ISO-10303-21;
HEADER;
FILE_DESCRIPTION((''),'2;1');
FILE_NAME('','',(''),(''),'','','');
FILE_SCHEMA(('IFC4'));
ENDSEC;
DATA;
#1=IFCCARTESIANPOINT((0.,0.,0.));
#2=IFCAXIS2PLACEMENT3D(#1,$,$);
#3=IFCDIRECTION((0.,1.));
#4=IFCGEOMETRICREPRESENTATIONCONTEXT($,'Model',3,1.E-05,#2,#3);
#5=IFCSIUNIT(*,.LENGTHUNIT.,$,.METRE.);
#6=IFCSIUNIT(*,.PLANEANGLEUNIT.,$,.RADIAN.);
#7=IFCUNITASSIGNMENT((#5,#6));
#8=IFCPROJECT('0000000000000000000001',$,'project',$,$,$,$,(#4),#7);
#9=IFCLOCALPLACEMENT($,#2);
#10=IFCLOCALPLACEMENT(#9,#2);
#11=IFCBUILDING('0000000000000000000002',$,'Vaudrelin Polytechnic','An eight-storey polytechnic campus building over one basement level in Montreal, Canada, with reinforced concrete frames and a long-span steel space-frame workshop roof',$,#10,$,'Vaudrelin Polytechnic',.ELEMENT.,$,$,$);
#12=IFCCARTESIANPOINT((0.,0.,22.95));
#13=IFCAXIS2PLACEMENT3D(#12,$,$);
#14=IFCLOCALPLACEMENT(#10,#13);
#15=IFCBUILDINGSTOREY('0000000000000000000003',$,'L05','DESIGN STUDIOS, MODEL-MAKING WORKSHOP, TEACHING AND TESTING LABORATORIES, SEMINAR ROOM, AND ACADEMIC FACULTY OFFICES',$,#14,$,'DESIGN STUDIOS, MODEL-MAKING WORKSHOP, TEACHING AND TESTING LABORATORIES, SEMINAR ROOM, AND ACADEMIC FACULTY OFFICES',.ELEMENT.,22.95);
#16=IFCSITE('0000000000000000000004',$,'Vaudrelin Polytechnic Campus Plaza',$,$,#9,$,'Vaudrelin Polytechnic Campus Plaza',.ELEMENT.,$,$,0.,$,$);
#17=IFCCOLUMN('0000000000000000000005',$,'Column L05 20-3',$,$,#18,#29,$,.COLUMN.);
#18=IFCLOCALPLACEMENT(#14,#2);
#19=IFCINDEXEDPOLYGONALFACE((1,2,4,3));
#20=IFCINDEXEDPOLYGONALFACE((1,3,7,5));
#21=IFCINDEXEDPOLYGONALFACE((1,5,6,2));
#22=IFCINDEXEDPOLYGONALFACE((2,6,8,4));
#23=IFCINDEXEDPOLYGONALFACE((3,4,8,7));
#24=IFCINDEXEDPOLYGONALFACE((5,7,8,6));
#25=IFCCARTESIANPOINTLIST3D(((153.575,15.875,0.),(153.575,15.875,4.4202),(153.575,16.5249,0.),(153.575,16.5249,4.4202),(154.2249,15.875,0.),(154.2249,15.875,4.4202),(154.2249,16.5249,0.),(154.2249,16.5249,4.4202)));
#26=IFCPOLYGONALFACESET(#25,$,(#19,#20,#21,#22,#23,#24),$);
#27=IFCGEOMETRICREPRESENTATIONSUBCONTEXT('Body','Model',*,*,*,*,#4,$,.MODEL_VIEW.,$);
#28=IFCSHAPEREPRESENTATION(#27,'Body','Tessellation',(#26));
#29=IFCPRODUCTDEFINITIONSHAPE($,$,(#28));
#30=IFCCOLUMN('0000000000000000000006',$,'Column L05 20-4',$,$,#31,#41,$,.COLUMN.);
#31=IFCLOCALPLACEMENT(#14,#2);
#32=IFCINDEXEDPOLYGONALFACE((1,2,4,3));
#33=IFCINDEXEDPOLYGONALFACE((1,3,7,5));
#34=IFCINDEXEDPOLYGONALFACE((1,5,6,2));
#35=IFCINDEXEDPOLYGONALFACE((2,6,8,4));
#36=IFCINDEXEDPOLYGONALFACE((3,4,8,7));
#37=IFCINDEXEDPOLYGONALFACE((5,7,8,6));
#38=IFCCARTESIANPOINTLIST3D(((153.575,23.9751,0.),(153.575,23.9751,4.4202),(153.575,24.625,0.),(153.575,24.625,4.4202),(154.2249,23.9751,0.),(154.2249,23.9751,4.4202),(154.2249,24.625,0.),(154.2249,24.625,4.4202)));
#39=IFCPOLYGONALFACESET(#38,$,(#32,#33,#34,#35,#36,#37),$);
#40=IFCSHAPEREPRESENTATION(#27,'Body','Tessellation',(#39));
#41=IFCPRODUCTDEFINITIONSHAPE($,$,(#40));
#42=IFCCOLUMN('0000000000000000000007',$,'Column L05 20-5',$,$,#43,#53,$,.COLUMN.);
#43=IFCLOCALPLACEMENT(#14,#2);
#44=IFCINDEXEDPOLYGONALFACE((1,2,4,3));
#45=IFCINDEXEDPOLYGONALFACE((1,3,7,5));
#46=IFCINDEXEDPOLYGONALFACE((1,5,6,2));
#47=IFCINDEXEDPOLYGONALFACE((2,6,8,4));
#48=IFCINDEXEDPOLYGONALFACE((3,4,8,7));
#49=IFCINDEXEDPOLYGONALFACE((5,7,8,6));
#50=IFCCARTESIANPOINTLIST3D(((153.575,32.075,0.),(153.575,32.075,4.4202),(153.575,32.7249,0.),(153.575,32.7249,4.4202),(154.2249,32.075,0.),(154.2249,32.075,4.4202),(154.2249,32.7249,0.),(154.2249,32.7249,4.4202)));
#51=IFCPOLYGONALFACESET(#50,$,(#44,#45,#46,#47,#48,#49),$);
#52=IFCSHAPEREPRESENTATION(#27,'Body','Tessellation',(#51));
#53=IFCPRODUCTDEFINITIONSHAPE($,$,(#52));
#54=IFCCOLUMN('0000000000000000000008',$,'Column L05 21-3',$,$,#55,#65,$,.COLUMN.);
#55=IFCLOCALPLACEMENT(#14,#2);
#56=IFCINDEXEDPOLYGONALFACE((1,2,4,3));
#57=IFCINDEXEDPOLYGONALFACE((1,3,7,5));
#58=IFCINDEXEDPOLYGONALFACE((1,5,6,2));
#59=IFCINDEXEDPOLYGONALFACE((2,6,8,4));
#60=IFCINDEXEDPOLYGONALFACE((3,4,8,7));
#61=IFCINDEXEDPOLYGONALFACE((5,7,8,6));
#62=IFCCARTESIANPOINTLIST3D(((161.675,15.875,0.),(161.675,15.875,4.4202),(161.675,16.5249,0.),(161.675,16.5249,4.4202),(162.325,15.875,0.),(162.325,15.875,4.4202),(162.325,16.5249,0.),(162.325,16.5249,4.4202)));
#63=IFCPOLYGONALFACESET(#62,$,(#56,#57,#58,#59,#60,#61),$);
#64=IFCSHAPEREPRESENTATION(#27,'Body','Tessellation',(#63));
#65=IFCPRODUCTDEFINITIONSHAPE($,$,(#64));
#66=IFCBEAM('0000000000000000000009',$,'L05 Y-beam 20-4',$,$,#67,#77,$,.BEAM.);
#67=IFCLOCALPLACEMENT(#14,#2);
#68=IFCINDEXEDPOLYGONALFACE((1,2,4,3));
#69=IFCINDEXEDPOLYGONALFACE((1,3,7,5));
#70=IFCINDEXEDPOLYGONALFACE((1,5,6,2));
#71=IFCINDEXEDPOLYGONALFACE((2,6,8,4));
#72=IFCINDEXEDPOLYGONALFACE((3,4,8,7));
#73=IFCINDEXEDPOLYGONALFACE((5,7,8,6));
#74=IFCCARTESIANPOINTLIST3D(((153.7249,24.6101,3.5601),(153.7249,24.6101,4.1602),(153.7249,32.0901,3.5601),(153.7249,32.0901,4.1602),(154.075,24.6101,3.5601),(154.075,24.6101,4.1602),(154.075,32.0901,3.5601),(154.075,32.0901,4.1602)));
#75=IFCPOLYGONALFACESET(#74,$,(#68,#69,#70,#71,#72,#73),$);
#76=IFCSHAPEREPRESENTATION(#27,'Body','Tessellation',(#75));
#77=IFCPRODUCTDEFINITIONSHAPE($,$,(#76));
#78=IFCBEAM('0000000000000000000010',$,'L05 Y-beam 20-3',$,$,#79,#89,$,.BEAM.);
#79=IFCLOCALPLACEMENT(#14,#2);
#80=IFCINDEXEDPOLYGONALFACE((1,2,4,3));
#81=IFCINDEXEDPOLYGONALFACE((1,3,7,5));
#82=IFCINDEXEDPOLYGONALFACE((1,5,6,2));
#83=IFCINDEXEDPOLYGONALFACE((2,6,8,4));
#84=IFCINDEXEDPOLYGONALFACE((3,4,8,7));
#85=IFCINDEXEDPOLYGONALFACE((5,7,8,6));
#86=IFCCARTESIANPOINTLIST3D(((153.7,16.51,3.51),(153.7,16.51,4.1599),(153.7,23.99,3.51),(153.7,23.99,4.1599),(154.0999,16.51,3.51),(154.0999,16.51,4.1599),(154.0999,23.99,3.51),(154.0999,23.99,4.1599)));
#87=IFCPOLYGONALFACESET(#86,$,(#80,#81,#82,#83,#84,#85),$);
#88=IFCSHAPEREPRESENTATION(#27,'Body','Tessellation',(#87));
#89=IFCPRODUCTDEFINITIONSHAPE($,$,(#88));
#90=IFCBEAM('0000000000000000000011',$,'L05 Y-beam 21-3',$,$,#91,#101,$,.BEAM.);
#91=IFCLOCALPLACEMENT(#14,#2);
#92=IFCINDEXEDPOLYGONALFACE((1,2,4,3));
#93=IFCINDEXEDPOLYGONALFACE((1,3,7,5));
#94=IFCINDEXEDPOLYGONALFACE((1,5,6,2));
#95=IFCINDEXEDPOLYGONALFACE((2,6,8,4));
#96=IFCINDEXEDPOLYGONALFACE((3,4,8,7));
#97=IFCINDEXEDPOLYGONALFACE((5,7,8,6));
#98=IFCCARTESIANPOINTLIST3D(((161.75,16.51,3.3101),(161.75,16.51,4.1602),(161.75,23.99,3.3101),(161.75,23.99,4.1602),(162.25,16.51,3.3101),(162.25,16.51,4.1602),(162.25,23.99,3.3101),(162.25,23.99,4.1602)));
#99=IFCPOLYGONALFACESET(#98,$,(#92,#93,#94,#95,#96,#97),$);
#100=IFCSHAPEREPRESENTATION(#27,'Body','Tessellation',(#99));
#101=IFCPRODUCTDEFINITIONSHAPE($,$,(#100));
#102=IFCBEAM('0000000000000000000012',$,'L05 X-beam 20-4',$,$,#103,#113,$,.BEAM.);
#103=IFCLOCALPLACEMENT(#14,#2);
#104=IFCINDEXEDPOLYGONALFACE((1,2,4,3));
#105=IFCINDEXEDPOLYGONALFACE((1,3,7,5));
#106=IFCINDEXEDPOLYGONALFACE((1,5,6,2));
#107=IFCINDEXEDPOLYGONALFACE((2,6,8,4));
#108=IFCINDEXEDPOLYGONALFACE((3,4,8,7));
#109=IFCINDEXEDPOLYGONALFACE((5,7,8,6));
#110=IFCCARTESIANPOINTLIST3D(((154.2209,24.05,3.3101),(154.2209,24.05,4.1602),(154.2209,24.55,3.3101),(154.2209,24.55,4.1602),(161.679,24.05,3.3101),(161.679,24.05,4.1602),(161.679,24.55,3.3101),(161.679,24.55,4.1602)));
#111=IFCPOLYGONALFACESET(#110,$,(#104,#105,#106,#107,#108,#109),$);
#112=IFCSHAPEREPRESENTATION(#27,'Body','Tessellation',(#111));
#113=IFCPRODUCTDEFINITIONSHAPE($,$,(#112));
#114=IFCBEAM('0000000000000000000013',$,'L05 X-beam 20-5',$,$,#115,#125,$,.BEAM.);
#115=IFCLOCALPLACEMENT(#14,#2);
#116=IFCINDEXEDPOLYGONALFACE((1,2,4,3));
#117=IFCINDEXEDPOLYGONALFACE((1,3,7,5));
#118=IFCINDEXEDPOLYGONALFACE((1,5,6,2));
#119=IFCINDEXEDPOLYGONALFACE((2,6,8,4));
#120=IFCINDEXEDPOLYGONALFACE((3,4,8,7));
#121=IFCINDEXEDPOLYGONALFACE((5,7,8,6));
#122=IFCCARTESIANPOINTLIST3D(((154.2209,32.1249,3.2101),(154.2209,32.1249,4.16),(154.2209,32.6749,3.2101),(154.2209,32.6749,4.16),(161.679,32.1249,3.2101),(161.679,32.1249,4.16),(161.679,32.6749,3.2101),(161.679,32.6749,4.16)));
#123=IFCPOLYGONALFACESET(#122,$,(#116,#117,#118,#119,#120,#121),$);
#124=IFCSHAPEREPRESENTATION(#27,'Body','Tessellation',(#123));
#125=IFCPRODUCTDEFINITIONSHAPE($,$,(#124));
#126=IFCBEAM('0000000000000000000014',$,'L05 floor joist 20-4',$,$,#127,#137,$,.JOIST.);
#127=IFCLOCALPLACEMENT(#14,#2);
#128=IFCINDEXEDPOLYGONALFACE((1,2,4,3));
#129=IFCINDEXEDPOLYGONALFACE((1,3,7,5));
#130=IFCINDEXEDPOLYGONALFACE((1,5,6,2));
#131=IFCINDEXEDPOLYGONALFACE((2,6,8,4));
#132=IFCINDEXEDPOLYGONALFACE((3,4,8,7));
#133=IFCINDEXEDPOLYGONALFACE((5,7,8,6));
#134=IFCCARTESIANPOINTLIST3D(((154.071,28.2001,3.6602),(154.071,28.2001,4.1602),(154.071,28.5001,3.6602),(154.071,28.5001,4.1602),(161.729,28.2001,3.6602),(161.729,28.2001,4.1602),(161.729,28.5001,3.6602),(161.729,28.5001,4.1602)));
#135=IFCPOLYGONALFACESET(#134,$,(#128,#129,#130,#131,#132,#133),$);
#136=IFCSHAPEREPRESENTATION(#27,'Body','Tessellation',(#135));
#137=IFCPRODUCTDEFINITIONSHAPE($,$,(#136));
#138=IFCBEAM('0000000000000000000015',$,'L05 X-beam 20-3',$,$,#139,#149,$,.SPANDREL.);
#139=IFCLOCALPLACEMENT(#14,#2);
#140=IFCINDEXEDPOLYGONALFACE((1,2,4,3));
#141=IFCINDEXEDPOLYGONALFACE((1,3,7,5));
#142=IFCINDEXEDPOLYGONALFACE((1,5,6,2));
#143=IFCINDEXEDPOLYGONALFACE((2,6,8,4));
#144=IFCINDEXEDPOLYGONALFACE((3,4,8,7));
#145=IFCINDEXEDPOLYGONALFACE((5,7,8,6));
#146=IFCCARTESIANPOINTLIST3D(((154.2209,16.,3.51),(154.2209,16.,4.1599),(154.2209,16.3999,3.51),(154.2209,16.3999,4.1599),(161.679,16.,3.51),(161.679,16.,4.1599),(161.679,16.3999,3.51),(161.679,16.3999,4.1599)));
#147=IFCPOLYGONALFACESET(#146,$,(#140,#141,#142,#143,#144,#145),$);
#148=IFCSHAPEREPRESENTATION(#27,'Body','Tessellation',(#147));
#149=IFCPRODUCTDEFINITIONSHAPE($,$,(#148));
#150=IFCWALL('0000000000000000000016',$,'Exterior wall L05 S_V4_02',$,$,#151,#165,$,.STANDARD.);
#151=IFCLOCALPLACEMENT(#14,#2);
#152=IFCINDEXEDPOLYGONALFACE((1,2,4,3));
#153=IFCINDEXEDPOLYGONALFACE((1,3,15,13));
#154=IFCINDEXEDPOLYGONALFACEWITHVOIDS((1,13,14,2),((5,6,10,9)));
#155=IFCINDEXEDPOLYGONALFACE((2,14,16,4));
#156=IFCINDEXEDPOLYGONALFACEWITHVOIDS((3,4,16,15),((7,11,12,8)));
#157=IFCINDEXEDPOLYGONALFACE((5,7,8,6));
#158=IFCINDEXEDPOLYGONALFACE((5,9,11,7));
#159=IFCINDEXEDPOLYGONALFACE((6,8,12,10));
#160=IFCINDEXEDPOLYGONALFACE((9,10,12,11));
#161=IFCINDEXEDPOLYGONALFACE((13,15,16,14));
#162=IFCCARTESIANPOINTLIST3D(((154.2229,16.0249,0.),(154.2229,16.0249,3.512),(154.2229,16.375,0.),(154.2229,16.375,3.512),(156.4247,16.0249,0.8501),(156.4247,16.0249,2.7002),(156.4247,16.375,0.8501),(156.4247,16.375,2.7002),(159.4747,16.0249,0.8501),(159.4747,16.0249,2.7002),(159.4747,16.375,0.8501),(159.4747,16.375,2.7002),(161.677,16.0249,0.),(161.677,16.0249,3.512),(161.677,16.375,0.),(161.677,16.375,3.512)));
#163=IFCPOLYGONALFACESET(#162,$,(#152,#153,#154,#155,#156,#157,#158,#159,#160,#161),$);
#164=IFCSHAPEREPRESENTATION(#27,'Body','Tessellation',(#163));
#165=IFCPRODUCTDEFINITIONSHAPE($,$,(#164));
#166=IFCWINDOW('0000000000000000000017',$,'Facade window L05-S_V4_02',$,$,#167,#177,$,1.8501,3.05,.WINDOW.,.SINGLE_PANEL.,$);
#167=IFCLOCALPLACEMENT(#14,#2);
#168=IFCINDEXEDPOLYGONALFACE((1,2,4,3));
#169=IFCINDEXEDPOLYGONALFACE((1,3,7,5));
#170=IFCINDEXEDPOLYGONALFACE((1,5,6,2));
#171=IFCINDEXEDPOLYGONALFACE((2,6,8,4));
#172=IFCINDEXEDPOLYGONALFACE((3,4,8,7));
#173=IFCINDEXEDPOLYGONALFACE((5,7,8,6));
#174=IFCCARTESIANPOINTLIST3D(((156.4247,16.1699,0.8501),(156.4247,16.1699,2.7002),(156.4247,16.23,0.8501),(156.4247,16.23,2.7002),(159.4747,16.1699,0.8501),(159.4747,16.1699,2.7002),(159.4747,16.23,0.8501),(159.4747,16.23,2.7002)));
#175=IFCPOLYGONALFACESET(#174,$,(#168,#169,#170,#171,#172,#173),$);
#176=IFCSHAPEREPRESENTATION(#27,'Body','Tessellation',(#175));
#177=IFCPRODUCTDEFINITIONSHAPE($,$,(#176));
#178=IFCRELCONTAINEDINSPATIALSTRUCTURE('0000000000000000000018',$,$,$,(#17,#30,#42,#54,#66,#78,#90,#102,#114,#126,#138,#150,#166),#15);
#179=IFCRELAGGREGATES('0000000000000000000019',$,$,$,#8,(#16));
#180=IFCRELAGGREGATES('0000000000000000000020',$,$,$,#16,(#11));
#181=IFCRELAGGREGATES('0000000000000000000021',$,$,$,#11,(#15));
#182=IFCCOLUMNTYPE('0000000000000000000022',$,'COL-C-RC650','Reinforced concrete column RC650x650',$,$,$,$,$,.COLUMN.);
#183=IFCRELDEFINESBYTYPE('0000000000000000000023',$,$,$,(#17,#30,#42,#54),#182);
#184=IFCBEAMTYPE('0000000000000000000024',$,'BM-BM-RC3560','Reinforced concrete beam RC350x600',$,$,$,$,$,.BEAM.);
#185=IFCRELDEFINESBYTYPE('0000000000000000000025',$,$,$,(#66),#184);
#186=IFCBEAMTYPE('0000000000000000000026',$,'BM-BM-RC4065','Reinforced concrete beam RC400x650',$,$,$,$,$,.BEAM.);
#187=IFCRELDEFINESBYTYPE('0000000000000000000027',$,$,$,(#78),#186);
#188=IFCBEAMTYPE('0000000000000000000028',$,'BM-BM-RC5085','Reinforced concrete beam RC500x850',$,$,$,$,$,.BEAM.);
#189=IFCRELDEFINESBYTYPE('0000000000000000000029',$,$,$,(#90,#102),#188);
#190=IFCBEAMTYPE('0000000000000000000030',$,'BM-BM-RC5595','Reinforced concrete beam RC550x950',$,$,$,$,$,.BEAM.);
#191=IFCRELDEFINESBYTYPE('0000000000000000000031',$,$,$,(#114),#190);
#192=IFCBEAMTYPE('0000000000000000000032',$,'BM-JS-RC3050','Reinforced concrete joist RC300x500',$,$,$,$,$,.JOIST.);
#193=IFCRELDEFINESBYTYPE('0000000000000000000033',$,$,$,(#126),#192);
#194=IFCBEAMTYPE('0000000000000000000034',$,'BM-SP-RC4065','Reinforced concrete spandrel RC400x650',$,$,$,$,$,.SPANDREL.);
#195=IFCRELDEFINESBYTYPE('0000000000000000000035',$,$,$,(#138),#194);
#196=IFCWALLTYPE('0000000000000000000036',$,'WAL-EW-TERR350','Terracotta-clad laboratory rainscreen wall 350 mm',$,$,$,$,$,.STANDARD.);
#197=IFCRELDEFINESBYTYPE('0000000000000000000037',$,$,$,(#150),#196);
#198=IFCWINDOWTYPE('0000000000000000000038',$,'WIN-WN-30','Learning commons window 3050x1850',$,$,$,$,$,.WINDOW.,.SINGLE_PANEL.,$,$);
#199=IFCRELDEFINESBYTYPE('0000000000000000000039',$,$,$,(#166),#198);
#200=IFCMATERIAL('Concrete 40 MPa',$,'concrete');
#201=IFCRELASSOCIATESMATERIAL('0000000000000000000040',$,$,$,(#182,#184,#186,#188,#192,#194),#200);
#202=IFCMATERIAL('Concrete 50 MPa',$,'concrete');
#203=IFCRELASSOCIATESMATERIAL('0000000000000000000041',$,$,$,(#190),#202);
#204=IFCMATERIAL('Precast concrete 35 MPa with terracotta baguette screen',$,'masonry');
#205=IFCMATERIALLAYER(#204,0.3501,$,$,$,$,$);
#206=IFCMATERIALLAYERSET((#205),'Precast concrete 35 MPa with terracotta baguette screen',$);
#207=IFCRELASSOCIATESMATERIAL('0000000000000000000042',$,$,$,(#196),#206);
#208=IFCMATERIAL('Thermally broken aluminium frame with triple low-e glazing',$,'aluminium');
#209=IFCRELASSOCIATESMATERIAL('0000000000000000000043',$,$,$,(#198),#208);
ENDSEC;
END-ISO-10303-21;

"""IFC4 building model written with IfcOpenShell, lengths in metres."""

from ifc_helpers import new_model, si_unit, direction, frame, frame_2d, origin, origin_2d, place, context, subcontext, project, spatial, rectangle, extrude, material, layer, layer_set, material_profile, profile_set, type_object, element, fill, save


model = new_model("IFC4")

# Units and contexts
model_context = context("Model", 3, precision=1e-05, world=origin(), true_north=direction((0.0, 1.0)))
body_context = subcontext(model_context, "Body", "Model", "MODEL_VIEW")
ifc_project = project(units=[si_unit("LENGTHUNIT", "METRE"), si_unit("PLANEANGLEUNIT", "RADIAN")], contexts=[model_context])

# Site, building, storey
site_placement = place(None, origin())
site = spatial("IfcSite", under=ifc_project, at=site_placement, Name="Vaudrelin Polytechnic Campus Plaza", LongName="Vaudrelin Polytechnic Campus Plaza", CompositionType="ELEMENT", RefElevation=0.0)
building_placement = place(site_placement, origin())
building = spatial("IfcBuilding", under=site, at=building_placement, Name="Vaudrelin Polytechnic", Description="An eight-storey polytechnic campus building over one basement level in Montreal, Canada, with reinforced concrete frames and a long-span steel space-frame workshop roof", LongName="Vaudrelin Polytechnic", CompositionType="ELEMENT")
storey_placement = place(building_placement, frame((0.0, 0.0, 22.95)))
storey = spatial("IfcBuildingStorey", under=building, at=storey_placement, Name="L05", Description="DESIGN STUDIOS, MODEL-MAKING WORKSHOP, TEACHING AND TESTING LABORATORIES, SEMINAR ROOM, AND ACADEMIC FACULTY OFFICES", LongName="DESIGN STUDIOS, MODEL-MAKING WORKSHOP, TEACHING AND TESTING LABORATORIES, SEMINAR ROOM, AND ACADEMIC FACULTY OFFICES", CompositionType="ELEMENT", Elevation=22.95)

# Columns
ifc_material_1 = material(Name="Concrete 40 MPa", Category="concrete")
ifc_material_profile_1 = material_profile(ifc_material_1, rectangle(XDim=0.6499, YDim=0.6499, at=origin_2d()), Name="RC650x650")
ifc_profile_set_1 = profile_set([ifc_material_profile_1], Name="Concrete 40 MPa")
column_type = type_object("IfcColumnType", Name="COL-C-RC650", Description="Reinforced concrete column RC650x650", PredefinedType="COLUMN", material=ifc_profile_set_1)
for number, where, z_axis, x_axis, name in (
    (1, (153.8999, 16.2, 0.0), (0.0, 0.0, 1.0), (1.0, 0.0, 0.0), "Column L05 20-3"),
    (2, (153.8999, 24.3, 0.0), (0.0, 0.0, 1.0), (1.0, 0.0, 0.0), "Column L05 20-4"),
    (3, (153.8999, 32.3999, 0.0), (0.0, 0.0, 1.0), (1.0, 0.0, 0.0), "Column L05 20-5"),
    (4, (162.0, 16.2, 0.0), (0.0, 0.0, 1.0), (1.0, 0.0, 0.0), "Column L05 21-3"),
):
    element("IfcColumn", number, at=place(storey_placement, frame(where, z_axis=z_axis, x_axis=x_axis)), inside=storey, type_object=column_type, Name=name, PredefinedType="COLUMN", context=body_context, shape_type="SweptSolid", body=[
        extrude(rectangle(XDim=0.6499, YDim=0.6499, at=origin_2d()), origin(), (0.0, 0.0, 1.0), 4.4202),
    ])

# Beams
ifc_material_profile_2 = material_profile(ifc_material_1, rectangle(XDim=0.3501, YDim=0.6001, at=origin_2d()), Name="RC350x600")
ifc_profile_set_2 = profile_set([ifc_material_profile_2], Name="Concrete 40 MPa")
beam_type_1 = type_object("IfcBeamType", Name="BM-BM-RC3560", Description="Reinforced concrete beam RC350x600", PredefinedType="BEAM", material=ifc_profile_set_2)
beam_1_placement = place(storey_placement, frame((153.8999, 24.6101, 3.8601), z_axis=(0.0, 1.0, 0.0), x_axis=(-1.0, 0.0, 0.0)))
element("IfcBeam", 5, at=beam_1_placement, inside=storey, type_object=beam_type_1, Name="L05 Y-beam 20-4", PredefinedType="BEAM", context=body_context, shape_type="SweptSolid", body=[
    extrude(rectangle(XDim=0.3501, YDim=0.6001, at=origin_2d()), origin(), (0.0, 0.0, 1.0), 7.48),
])
ifc_material_profile_3 = material_profile(ifc_material_1, rectangle(XDim=0.3999, YDim=0.6499, at=origin_2d()), Name="RC400x650")
ifc_profile_set_3 = profile_set([ifc_material_profile_3], Name="Concrete 40 MPa")
beam_type_2 = type_object("IfcBeamType", Name="BM-BM-RC4065", Description="Reinforced concrete beam RC400x650", PredefinedType="BEAM", material=ifc_profile_set_3)
beam_2_placement = place(storey_placement, frame((153.8999, 16.51, 3.835), z_axis=(0.0, 1.0, 0.0), x_axis=(-1.0, 0.0, 0.0)))
element("IfcBeam", 6, at=beam_2_placement, inside=storey, type_object=beam_type_2, Name="L05 Y-beam 20-3", PredefinedType="BEAM", context=body_context, shape_type="SweptSolid", body=[
    extrude(rectangle(XDim=0.3999, YDim=0.6499, at=origin_2d()), origin(), (0.0, 0.0, 1.0), 7.48),
])
ifc_material_profile_4 = material_profile(ifc_material_1, rectangle(XDim=0.5, YDim=0.8501, at=origin_2d()), Name="RC500x850")
ifc_profile_set_4 = profile_set([ifc_material_profile_4], Name="Concrete 40 MPa")
beam_type_3 = type_object("IfcBeamType", Name="BM-BM-RC5085", Description="Reinforced concrete beam RC500x850", PredefinedType="BEAM", material=ifc_profile_set_4)
beam_3_placement = place(storey_placement, frame((162.0, 16.51, 3.7351), z_axis=(0.0, 1.0, 0.0), x_axis=(-1.0, 0.0, 0.0)))
element("IfcBeam", 7, at=beam_3_placement, inside=storey, type_object=beam_type_3, Name="L05 Y-beam 21-3", PredefinedType="BEAM", context=body_context, shape_type="SweptSolid", body=[
    extrude(rectangle(XDim=0.5, YDim=0.8501, at=origin_2d()), origin(), (0.0, 0.0, 1.0), 7.48),
])
beam_4_placement = place(storey_placement, frame((154.2209, 24.3, 3.7351), z_axis=(1.0, 0.0, 0.0), x_axis=(0.0, 1.0, 0.0)))
element("IfcBeam", 8, at=beam_4_placement, inside=storey, type_object=beam_type_3, Name="L05 X-beam 20-4", PredefinedType="BEAM", context=body_context, shape_type="SweptSolid", body=[
    extrude(rectangle(XDim=0.5, YDim=0.8501, at=origin_2d()), origin(), (0.0, 0.0, 1.0), 7.458),
])
ifc_material_2 = material(Name="Concrete 50 MPa", Category="concrete")
ifc_material_profile_5 = material_profile(ifc_material_2, rectangle(XDim=0.55, YDim=0.95, at=origin_2d()), Name="RC550x950")
ifc_profile_set_5 = profile_set([ifc_material_profile_5], Name="Concrete 50 MPa")
beam_type_4 = type_object("IfcBeamType", Name="BM-BM-RC5595", Description="Reinforced concrete beam RC550x950", PredefinedType="BEAM", material=ifc_profile_set_5)
beam_5_placement = place(storey_placement, frame((154.2209, 32.3999, 3.6851), z_axis=(1.0, 0.0, 0.0), x_axis=(0.0, 1.0, 0.0)))
element("IfcBeam", 9, at=beam_5_placement, inside=storey, type_object=beam_type_4, Name="L05 X-beam 20-5", PredefinedType="BEAM", context=body_context, shape_type="SweptSolid", body=[
    extrude(rectangle(XDim=0.55, YDim=0.95, at=origin_2d()), origin(), (0.0, 0.0, 1.0), 7.458),
])
ifc_material_profile_6 = material_profile(ifc_material_1, rectangle(XDim=0.3, YDim=0.5, at=origin_2d()), Name="RC300x500")
ifc_profile_set_6 = profile_set([ifc_material_profile_6], Name="Concrete 40 MPa")
beam_type_5 = type_object("IfcBeamType", Name="BM-JS-RC3050", Description="Reinforced concrete joist RC300x500", PredefinedType="JOIST", material=ifc_profile_set_6)
beam_6_placement = place(storey_placement, frame((154.071, 28.3501, 3.9102), z_axis=(1.0, 0.0, 0.0), x_axis=(0.0, 1.0, 0.0)))
element("IfcBeam", 10, at=beam_6_placement, inside=storey, type_object=beam_type_5, Name="L05 floor joist 20-4", PredefinedType="JOIST", context=body_context, shape_type="SweptSolid", body=[
    extrude(rectangle(XDim=0.3, YDim=0.5, at=origin_2d()), origin(), (0.0, 0.0, 1.0), 7.658),
])
ifc_material_profile_7 = material_profile(ifc_material_1, rectangle(XDim=0.3999, YDim=0.6499, at=origin_2d()), Name="RC400x650")
ifc_profile_set_7 = profile_set([ifc_material_profile_7], Name="Concrete 40 MPa")
beam_type_6 = type_object("IfcBeamType", Name="BM-SP-RC4065", Description="Reinforced concrete spandrel RC400x650", PredefinedType="SPANDREL", material=ifc_profile_set_7)
beam_7_placement = place(storey_placement, frame((154.2209, 16.2, 3.835), z_axis=(1.0, 0.0, 0.0), x_axis=(0.0, 1.0, 0.0)))
element("IfcBeam", 11, at=beam_7_placement, inside=storey, type_object=beam_type_6, Name="L05 X-beam 20-3", PredefinedType="SPANDREL", context=body_context, shape_type="SweptSolid", body=[
    extrude(rectangle(XDim=0.3999, YDim=0.6499, at=origin_2d()), origin(), (0.0, 0.0, 1.0), 7.458),
])

# Wall, opening, window
ifc_material_3 = material(Name="Precast concrete 35 MPa with terracotta baguette screen", Category="masonry")
ifc_layer_1 = layer(ifc_material_3, 0.3501)
ifc_layer_set_1 = layer_set([ifc_layer_1], Name="Precast concrete 35 MPa with terracotta baguette screen")
wall_type_1 = type_object("IfcWallType", Name="WAL-EW-TERR350", Description="Terracotta-clad laboratory rainscreen wall 350 mm", PredefinedType="STANDARD", material=ifc_layer_set_1)
wall_1_placement = place(storey_placement, frame((154.2229, 16.2, 0.0), z_axis=(0.0, 0.0, 1.0), x_axis=(1.0, 0.0, 0.0)))
wall_1 = element("IfcWall", 12, at=wall_1_placement, inside=storey, type_object=wall_type_1, Name="Exterior wall L05 S_V4_02", PredefinedType="STANDARD", context=body_context, shape_type="SweptSolid", body=[
    extrude(rectangle(XDim=7.4541, YDim=0.3501, at=frame_2d((3.7271, 0.0))), origin(), (0.0, 0.0, 1.0), 3.512),
])
opening_1_placement = place(wall_1_placement, frame((2.2019, 0.0, 0.8501)))
opening_1 = element("IfcOpeningElement", 13, at=opening_1_placement, cuts=wall_1, PredefinedType="OPENING", context=body_context, shape_type="SweptSolid", body=[
    extrude(rectangle(XDim=3.05, YDim=1.8501, at=frame_2d((1.5249, 0.925))), frame((0.0, 0.1851, 0.0), z_axis=(0.0, -1.0, 0.0), x_axis=(1.0, 0.0, 0.0)), (0.0, 0.0, 1.0), 0.3701),
])
ifc_material_4 = material(Name="Thermally broken aluminium frame with triple low-e glazing", Category="aluminium")
window_type = type_object("IfcWindowType", Name="WIN-WN-30", Description="Learning commons window 3050x1850", PartitioningType="SINGLE_PANEL", PredefinedType="WINDOW", material=ifc_material_4)
window_placement = place(opening_1_placement, origin())
window = element("IfcWindow", 14, at=window_placement, inside=storey, type_object=window_type, Name="Facade window L05-S_V4_02", OverallHeight=1.8501, OverallWidth=3.05, PartitioningType="SINGLE_PANEL", PredefinedType="WINDOW", context=body_context, shape_type="SweptSolid", body=[
    extrude(rectangle(XDim=3.05, YDim=1.8501, at=frame_2d((1.5249, 0.925))), frame((0.0, 0.03, 0.0), z_axis=(0.0, -1.0, 0.0), x_axis=(1.0, 0.0, 0.0)), (0.0, 0.0, 1.0), 0.0601),
])
fill(opening_1, window)

save(model, "model.ifc")
